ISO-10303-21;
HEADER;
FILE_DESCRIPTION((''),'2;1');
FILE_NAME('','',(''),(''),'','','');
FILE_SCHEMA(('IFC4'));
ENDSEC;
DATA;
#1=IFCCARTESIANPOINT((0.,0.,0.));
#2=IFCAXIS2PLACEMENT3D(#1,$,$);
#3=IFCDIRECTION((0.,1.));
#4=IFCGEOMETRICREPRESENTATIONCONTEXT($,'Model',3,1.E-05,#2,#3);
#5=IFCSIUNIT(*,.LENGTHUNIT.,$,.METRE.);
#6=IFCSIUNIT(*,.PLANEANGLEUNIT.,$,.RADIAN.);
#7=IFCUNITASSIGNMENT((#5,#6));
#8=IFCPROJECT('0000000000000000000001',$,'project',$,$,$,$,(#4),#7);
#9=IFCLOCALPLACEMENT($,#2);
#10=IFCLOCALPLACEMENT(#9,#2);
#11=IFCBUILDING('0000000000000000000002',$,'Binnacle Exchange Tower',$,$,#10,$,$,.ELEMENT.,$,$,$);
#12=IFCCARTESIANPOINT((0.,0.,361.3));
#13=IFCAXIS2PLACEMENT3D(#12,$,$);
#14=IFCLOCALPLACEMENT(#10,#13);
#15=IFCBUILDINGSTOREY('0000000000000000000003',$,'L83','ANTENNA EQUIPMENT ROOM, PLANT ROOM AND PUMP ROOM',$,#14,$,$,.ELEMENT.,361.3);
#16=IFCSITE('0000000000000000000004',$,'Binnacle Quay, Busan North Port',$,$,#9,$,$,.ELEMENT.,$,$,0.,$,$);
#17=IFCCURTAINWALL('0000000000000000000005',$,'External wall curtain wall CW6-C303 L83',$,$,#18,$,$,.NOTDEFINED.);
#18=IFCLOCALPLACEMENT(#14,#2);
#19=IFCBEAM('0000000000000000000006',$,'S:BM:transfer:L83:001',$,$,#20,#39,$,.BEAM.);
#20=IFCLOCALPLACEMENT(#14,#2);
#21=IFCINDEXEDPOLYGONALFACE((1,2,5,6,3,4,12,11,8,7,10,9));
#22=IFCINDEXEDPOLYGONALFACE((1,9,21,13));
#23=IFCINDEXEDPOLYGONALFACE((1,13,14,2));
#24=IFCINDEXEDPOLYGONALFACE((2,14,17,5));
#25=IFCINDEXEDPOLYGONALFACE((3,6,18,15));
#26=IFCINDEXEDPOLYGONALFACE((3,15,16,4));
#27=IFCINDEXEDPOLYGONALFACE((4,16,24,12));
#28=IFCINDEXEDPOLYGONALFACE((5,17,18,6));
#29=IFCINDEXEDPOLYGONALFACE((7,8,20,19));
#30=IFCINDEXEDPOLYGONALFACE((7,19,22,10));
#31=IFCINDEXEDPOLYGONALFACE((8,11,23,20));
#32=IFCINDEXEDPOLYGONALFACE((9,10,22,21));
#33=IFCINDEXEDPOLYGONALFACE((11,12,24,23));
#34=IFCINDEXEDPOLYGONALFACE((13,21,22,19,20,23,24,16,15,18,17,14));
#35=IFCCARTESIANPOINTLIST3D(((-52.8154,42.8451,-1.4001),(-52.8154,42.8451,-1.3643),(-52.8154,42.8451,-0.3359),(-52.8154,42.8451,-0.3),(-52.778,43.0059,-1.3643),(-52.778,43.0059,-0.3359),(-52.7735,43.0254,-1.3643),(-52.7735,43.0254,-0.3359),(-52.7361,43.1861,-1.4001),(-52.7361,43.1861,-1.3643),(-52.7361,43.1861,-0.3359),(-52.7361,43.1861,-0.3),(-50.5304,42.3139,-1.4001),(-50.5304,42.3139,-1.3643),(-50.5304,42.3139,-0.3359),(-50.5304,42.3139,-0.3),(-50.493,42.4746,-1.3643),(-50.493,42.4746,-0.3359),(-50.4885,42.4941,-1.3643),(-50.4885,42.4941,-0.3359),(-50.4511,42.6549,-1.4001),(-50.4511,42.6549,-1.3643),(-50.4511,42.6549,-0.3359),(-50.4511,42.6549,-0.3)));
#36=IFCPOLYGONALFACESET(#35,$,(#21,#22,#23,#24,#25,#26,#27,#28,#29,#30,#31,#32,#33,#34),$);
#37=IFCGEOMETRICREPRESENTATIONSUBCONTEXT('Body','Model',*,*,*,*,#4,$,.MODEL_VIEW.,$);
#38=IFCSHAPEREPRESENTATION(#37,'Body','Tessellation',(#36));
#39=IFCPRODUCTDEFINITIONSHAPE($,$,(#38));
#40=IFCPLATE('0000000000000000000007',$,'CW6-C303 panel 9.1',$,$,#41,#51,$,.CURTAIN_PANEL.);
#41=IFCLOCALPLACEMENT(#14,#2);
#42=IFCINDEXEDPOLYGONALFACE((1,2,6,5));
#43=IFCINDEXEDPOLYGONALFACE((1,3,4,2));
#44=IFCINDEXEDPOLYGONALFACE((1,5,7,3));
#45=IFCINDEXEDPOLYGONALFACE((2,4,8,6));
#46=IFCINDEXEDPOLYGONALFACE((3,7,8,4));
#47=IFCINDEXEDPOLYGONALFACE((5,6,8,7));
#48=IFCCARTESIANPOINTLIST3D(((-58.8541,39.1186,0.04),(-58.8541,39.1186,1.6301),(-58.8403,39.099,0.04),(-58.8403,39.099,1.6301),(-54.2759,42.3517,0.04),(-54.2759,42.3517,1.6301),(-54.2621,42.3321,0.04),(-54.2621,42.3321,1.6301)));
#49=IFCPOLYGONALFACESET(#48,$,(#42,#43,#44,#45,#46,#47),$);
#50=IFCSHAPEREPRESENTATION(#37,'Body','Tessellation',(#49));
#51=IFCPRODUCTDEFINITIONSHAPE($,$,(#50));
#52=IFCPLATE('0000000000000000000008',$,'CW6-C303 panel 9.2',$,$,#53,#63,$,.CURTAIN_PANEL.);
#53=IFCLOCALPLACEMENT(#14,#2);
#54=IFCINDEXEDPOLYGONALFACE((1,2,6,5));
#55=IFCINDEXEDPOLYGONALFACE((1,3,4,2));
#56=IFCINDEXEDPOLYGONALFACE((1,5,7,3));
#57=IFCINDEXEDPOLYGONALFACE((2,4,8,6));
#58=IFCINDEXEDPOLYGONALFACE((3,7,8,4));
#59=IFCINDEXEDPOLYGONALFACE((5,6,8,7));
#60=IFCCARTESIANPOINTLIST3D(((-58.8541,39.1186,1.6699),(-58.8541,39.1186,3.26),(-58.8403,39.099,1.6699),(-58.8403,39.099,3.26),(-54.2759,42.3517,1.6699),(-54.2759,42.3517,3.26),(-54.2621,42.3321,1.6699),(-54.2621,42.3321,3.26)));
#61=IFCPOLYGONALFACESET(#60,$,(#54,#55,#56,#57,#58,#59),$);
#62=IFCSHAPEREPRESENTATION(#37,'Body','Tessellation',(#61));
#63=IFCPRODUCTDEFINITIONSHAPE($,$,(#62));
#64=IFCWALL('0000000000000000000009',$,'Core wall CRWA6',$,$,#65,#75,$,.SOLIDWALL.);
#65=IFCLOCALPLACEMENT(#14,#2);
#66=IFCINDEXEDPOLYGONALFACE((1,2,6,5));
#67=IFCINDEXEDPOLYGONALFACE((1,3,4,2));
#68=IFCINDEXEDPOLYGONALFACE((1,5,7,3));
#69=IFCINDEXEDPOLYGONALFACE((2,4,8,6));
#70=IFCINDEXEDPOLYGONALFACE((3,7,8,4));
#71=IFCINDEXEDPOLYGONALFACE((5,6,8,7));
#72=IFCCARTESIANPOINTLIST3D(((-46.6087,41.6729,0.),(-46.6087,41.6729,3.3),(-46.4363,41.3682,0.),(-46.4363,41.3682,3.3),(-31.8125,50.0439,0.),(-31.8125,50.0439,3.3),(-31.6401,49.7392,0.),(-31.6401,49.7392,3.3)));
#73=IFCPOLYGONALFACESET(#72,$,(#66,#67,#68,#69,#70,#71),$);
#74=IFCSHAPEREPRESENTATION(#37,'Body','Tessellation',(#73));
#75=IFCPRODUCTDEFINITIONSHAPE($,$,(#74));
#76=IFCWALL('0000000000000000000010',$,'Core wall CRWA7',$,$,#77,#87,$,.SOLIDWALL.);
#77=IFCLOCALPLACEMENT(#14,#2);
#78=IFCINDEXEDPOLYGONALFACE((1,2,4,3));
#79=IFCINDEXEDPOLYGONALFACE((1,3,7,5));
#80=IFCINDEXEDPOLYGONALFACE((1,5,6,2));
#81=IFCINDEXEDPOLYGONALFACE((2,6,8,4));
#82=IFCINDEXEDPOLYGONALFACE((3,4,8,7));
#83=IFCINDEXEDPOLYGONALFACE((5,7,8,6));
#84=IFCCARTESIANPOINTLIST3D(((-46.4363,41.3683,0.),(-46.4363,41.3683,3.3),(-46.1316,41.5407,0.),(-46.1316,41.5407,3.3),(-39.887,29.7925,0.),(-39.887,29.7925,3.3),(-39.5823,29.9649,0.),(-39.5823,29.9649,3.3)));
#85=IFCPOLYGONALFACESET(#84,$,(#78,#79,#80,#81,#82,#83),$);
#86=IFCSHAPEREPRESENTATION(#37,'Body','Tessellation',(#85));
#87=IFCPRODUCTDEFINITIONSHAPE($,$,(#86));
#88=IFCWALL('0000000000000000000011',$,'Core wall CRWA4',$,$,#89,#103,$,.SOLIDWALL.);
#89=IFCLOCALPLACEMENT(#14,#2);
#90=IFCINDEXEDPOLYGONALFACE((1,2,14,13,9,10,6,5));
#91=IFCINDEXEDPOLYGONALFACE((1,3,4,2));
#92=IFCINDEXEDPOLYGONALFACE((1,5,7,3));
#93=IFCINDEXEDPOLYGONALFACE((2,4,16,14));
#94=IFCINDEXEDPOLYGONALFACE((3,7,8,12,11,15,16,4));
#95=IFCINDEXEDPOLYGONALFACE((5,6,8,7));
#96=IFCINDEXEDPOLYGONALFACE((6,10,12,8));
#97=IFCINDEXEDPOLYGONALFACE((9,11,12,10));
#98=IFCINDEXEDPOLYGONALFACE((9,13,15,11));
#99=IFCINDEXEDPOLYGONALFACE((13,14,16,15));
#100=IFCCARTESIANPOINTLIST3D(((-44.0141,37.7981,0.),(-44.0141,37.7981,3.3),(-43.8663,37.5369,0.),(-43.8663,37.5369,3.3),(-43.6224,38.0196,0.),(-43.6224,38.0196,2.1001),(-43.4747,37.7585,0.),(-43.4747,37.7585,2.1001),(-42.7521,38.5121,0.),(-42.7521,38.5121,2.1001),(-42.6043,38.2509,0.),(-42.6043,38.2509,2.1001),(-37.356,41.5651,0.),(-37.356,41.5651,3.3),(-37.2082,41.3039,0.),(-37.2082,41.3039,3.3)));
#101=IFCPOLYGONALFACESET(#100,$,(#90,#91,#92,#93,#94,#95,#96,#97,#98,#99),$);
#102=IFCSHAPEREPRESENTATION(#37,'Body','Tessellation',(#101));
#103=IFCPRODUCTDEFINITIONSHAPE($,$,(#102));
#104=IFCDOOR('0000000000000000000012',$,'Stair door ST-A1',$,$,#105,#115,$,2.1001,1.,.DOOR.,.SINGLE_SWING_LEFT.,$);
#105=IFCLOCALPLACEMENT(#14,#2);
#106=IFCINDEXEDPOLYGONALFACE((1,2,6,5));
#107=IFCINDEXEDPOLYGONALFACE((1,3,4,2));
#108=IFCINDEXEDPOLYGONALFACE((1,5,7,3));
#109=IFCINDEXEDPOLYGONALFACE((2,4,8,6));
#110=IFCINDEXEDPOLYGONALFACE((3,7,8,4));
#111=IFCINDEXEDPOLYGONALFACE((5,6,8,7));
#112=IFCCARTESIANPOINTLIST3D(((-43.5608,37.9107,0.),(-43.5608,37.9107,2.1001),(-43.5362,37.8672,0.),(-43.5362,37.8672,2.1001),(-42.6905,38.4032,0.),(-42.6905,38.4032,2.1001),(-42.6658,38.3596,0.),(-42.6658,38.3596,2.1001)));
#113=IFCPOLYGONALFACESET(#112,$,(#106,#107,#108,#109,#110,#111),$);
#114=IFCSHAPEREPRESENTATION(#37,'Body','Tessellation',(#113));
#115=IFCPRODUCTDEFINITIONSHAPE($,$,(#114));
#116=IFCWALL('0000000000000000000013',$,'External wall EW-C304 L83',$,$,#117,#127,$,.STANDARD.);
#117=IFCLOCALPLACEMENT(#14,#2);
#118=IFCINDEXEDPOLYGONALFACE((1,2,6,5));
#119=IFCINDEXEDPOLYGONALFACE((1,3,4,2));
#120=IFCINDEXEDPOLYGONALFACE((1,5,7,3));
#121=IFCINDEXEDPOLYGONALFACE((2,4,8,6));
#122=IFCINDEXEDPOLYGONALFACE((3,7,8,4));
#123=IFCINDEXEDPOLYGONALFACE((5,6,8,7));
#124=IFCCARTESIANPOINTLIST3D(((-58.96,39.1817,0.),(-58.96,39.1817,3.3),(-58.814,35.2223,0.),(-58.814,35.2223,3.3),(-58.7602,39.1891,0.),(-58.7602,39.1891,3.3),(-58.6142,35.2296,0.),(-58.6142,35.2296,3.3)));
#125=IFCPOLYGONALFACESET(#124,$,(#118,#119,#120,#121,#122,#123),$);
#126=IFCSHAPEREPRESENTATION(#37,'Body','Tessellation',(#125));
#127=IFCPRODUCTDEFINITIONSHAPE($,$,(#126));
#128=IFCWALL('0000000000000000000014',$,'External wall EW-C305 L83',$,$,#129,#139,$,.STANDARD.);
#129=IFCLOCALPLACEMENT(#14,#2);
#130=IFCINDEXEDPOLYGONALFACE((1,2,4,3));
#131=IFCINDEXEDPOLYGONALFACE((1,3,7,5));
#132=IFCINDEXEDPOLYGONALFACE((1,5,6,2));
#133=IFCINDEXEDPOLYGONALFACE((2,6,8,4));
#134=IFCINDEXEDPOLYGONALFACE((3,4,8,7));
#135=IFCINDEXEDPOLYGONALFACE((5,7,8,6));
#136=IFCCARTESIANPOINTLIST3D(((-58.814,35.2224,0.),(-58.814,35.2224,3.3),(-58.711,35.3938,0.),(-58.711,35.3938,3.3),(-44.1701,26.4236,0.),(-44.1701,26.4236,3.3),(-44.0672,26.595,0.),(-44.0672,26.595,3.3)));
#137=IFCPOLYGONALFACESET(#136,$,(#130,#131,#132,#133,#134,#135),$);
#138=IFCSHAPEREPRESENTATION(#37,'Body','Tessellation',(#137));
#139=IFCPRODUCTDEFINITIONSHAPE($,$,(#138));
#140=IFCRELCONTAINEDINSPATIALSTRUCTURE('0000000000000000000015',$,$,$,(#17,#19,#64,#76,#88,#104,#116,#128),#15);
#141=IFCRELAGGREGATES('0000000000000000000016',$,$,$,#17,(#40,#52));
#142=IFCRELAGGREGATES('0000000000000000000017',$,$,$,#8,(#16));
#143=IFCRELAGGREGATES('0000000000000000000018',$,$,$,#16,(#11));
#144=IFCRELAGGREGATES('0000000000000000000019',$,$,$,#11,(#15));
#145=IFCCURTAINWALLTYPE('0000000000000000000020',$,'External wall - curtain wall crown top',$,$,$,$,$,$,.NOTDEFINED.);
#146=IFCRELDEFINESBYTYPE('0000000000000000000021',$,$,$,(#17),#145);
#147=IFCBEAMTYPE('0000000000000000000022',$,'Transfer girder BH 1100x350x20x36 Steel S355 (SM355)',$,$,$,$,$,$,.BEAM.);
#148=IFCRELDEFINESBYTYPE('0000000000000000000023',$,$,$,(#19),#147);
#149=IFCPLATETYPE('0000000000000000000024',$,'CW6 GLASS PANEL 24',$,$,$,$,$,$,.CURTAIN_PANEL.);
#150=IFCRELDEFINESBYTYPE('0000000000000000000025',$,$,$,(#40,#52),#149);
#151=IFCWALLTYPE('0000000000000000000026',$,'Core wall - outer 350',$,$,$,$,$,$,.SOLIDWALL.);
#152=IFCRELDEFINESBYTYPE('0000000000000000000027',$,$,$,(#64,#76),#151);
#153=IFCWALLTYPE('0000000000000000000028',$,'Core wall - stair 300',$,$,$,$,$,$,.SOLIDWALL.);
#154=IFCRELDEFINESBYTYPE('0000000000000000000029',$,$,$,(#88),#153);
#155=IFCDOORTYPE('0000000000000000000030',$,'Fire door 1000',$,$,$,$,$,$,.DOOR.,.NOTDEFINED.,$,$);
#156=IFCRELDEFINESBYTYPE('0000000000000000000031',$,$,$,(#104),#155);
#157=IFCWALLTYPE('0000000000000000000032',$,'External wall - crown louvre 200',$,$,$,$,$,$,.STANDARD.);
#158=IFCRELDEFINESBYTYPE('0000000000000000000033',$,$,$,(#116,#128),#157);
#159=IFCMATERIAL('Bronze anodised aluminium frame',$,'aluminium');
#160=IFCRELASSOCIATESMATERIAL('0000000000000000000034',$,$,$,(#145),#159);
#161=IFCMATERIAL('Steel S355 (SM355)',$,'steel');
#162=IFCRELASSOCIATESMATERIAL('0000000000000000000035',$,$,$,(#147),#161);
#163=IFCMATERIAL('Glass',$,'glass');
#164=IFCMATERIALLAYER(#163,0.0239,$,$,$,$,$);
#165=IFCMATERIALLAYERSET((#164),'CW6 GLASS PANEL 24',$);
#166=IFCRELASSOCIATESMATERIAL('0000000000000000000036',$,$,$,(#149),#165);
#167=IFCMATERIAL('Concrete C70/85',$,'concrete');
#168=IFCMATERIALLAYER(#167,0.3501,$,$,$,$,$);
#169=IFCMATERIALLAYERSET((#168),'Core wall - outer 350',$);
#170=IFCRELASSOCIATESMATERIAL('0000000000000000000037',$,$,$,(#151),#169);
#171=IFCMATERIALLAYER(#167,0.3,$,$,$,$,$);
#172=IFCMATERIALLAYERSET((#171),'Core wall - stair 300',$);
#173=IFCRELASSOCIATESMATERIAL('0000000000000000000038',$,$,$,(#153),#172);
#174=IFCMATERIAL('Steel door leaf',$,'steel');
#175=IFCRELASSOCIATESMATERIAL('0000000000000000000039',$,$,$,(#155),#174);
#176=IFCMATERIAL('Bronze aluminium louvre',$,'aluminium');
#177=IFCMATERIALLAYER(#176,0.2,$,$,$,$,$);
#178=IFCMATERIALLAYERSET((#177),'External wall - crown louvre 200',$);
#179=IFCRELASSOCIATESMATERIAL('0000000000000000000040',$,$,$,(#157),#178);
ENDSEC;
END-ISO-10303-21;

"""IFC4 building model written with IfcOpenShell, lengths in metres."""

from ifc_helpers import new_model, si_unit, direction, frame, frame_2d, origin, origin_2d, place, context, subcontext, project, spatial, rectangle, i_section, extrude, material, layer, layer_set, material_profile, profile_set, type_object, element, fill, aggregate, save


model = new_model("IFC4")

# Units and contexts
model_context = context("Model", 3, precision=1e-05, world=origin(), true_north=direction((0.0, 1.0)))
body_context = subcontext(model_context, "Body", "Model", "MODEL_VIEW")
ifc_project = project(units=[si_unit("LENGTHUNIT", "METRE"), si_unit("PLANEANGLEUNIT", "RADIAN")], contexts=[model_context])

# Site, building, storey
site_placement = place(None, origin())
site = spatial("IfcSite", under=ifc_project, at=site_placement, Name="Binnacle Quay, Busan North Port", CompositionType="ELEMENT", RefElevation=0.0)
building_placement = place(site_placement, origin())
building = spatial("IfcBuilding", under=site, at=building_placement, Name="Binnacle Exchange Tower", CompositionType="ELEMENT")
storey_placement = place(building_placement, frame((0.0, 0.0, 361.3)))
storey = spatial("IfcBuildingStorey", under=building, at=storey_placement, Name="L83", Description="ANTENNA EQUIPMENT ROOM, PLANT ROOM AND PUMP ROOM", CompositionType="ELEMENT", Elevation=361.3)

# Curtain wall
ifc_material_1 = material(Name="Bronze anodised aluminium frame", Category="aluminium")
curtain_wall_type = type_object("IfcCurtainWallType", Name="External wall - curtain wall crown top", PredefinedType="NOTDEFINED", material=ifc_material_1)
curtain_wall_placement = place(storey_placement, origin())
curtain_wall = element("IfcCurtainWall", 1, at=curtain_wall_placement, inside=storey, type_object=curtain_wall_type, Name="External wall curtain wall CW6-C303 L83", PredefinedType="NOTDEFINED")

# Beam
ifc_material_2 = material(Name="Steel S355 (SM355)", Category="steel")
ifc_material_profile_1 = material_profile(ifc_material_2, i_section(OverallWidth=0.3501, OverallDepth=1.1001, WebThickness=0.02, FlangeThickness=0.0359, at=origin_2d()), Name="BH 1100x350x20x36")
ifc_profile_set_1 = profile_set([ifc_material_profile_1], Name="Steel S355 (SM355)")
beam_type_1 = type_object("IfcBeamType", Name="Transfer girder BH 1100x350x20x36 Steel S355 (SM355)", PredefinedType="BEAM", material=ifc_profile_set_1)
beam_1_placement = place(storey_placement, frame((-50.4907, 42.4844, -0.8501), z_axis=(-0.97402, 0.226463, 0.0), x_axis=(-0.226463, -0.97402, 0.0)))
element("IfcBeam", 2, at=beam_1_placement, inside=storey, type_object=beam_type_1, Name="S:BM:transfer:L83:001", PredefinedType="BEAM", context=body_context, shape_type="SweptSolid", body=[
    extrude(i_section(OverallWidth=0.3501, OverallDepth=1.1001, WebThickness=0.02, FlangeThickness=0.0359, at=origin_2d()), origin(), (0.0, 0.0, 1.0), 2.3459),
])

# Plates
ifc_material_3 = material(Name="Glass", Category="glass")
ifc_layer_1 = layer(ifc_material_3, 0.0239)
ifc_layer_set_1 = layer_set([ifc_layer_1], Name="CW6 GLASS PANEL 24")
plate_type = type_object("IfcPlateType", Name="CW6 GLASS PANEL 24", PredefinedType="CURTAIN_PANEL", material=ifc_layer_set_1)
plate_1_placement = place(storey_placement, frame((-56.5581, 40.7253, 0.04), z_axis=(0.0, 0.0, 1.0), x_axis=(-0.816847, -0.576854, 0.0)))
plate_1 = element("IfcPlate", 3, at=plate_1_placement, type_object=plate_type, Name="CW6-C303 panel 9.1", PredefinedType="CURTAIN_PANEL", context=body_context, shape_type="SweptSolid", body=[
    extrude(rectangle(XDim=5.6047, YDim=0.0239, at=origin_2d()), origin(), (0.0, 0.0, 1.0), 1.5901),
])
plate_2_placement = place(storey_placement, frame((-56.5581, 40.7253, 1.6699), z_axis=(0.0, 0.0, 1.0), x_axis=(-0.816847, -0.576854, 0.0)))
plate_2 = element("IfcPlate", 4, at=plate_2_placement, type_object=plate_type, Name="CW6-C303 panel 9.2", PredefinedType="CURTAIN_PANEL", context=body_context, shape_type="SweptSolid", body=[
    extrude(rectangle(XDim=5.6047, YDim=0.0239, at=origin_2d()), origin(), (0.0, 0.0, 1.0), 1.5901),
])
aggregate(curtain_wall, [plate_1, plate_2])

# Walls
ifc_material_4 = material(Name="Concrete C70/85", Category="concrete")
ifc_layer_2 = layer(ifc_material_4, 0.3501)
ifc_layer_set_2 = layer_set([ifc_layer_2], Name="Core wall - outer 350")
wall_type_1 = type_object("IfcWallType", Name="Core wall - outer 350", PredefinedType="SOLIDWALL", material=ifc_layer_set_2)
wall_1_placement = place(storey_placement, frame((-46.5225, 41.5205, 0.0), z_axis=(0.0, 0.0, 1.0), x_axis=(0.87036, 0.492416, 0.0)))
element("IfcWall", 5, at=wall_1_placement, inside=storey, type_object=wall_type_1, Name="Core wall CRWA6", PredefinedType="SOLIDWALL", context=body_context, shape_type="SweptSolid", body=[
    extrude(rectangle(XDim=17.0, YDim=0.3501, at=frame_2d((8.5, 0.0))), origin(), (0.0, 0.0, 1.0), 3.3),
])
wall_2_placement = place(storey_placement, frame((-46.2839, 41.4543, 0.0), z_axis=(0.0, 0.0, 1.0), x_axis=(0.49243, -0.870352, 0.0)))
element("IfcWall", 6, at=wall_2_placement, inside=storey, type_object=wall_type_1, Name="Core wall CRWA7", PredefinedType="SOLIDWALL", context=body_context, shape_type="SweptSolid", body=[
    extrude(rectangle(XDim=13.3, YDim=0.3501, at=frame_2d((6.6499, 0.0))), origin(), (0.0, 0.0, 1.0), 3.3),
])

# Wall, opening, door
ifc_layer_3 = layer(ifc_material_4, 0.3)
ifc_layer_set_3 = layer_set([ifc_layer_3], Name="Core wall - stair 300")
wall_type_2 = type_object("IfcWallType", Name="Core wall - stair 300", PredefinedType="SOLIDWALL", material=ifc_layer_set_3)
wall_3_placement = place(storey_placement, frame((-43.9402, 37.6675, 0.0), z_axis=(0.0, 0.0, 1.0), x_axis=(0.870352, 0.492429, 0.0)))
wall_3 = element("IfcWall", 7, at=wall_3_placement, inside=storey, type_object=wall_type_2, Name="Core wall CRWA4", PredefinedType="SOLIDWALL", context=body_context, shape_type="SweptSolid", body=[
    extrude(rectangle(XDim=7.6499, YDim=0.3, at=frame_2d((3.825, 0.0))), origin(), (0.0, 0.0, 1.0), 3.3),
])
opening_placement = place(wall_3_placement, frame((0.45, 0.0, 0.0)))
opening = element("IfcOpeningElement", 8, at=opening_placement, cuts=wall_3, PredefinedType="OPENING", context=body_context, shape_type="SweptSolid", body=[
    extrude(rectangle(XDim=1.0, YDim=2.1001, at=frame_2d((0.5, 1.05))), frame((0.0, 0.1599, 0.0), z_axis=(0.0, -1.0, 0.0), x_axis=(1.0, 0.0, 0.0)), (0.0, 0.0, 1.0), 0.3201),
])
ifc_material_5 = material(Name="Steel door leaf", Category="steel")
door_type = type_object("IfcDoorType", Name="Fire door 1000", OperationType="NOTDEFINED", PredefinedType="DOOR", material=ifc_material_5)
door_placement = place(opening_placement, origin())
door = element("IfcDoor", 9, at=door_placement, inside=storey, type_object=door_type, Name="Stair door ST-A1", OperationType="SINGLE_SWING_LEFT", OverallHeight=2.1001, OverallWidth=1.0, PredefinedType="DOOR", context=body_context, shape_type="SweptSolid", body=[
    extrude(rectangle(XDim=1.0, YDim=2.1001, at=frame_2d((0.5, 1.05))), frame((0.0, 0.0249, 0.0), z_axis=(0.0, -1.0, 0.0), x_axis=(1.0, 0.0, 0.0)), (0.0, 0.0, 1.0), 0.05),
])
fill(opening, door)

# Walls
ifc_material_6 = material(Name="Bronze aluminium louvre", Category="aluminium")
ifc_layer_4 = layer(ifc_material_6, 0.2)
ifc_layer_set_4 = layer_set([ifc_layer_4], Name="External wall - crown louvre 200")
wall_type_3 = type_object("IfcWallType", Name="External wall - crown louvre 200", PredefinedType="STANDARD", material=ifc_layer_set_4)
wall_4_placement = place(storey_placement, frame((-58.7141, 35.2261, 0.0), z_axis=(0.0, 0.0, 1.0), x_axis=(-0.036848, 0.999321, 0.0)))
element("IfcWall", 10, at=wall_4_placement, inside=storey, type_object=wall_type_3, Name="External wall EW-C304 L83", PredefinedType="STANDARD", context=body_context, shape_type="SweptSolid", body=[
    extrude(rectangle(XDim=3.9622, YDim=0.2, at=frame_2d((1.981, 0.0))), origin(), (0.0, 0.0, 1.0), 3.3),
])
wall_5_placement = place(storey_placement, frame((-44.1187, 26.5093, 0.0), z_axis=(0.0, 0.0, 1.0), x_axis=(-0.857169, 0.515036, 0.0)))
element("IfcWall", 11, at=wall_5_placement, inside=storey, type_object=wall_type_3, Name="External wall EW-C305 L83", PredefinedType="STANDARD", context=body_context, shape_type="SweptSolid", body=[
    extrude(rectangle(XDim=17.084, YDim=0.2, at=frame_2d((8.542, 0.0))), origin(), (0.0, 0.0, 1.0), 3.3),
])

save(model, "model.ifc")
